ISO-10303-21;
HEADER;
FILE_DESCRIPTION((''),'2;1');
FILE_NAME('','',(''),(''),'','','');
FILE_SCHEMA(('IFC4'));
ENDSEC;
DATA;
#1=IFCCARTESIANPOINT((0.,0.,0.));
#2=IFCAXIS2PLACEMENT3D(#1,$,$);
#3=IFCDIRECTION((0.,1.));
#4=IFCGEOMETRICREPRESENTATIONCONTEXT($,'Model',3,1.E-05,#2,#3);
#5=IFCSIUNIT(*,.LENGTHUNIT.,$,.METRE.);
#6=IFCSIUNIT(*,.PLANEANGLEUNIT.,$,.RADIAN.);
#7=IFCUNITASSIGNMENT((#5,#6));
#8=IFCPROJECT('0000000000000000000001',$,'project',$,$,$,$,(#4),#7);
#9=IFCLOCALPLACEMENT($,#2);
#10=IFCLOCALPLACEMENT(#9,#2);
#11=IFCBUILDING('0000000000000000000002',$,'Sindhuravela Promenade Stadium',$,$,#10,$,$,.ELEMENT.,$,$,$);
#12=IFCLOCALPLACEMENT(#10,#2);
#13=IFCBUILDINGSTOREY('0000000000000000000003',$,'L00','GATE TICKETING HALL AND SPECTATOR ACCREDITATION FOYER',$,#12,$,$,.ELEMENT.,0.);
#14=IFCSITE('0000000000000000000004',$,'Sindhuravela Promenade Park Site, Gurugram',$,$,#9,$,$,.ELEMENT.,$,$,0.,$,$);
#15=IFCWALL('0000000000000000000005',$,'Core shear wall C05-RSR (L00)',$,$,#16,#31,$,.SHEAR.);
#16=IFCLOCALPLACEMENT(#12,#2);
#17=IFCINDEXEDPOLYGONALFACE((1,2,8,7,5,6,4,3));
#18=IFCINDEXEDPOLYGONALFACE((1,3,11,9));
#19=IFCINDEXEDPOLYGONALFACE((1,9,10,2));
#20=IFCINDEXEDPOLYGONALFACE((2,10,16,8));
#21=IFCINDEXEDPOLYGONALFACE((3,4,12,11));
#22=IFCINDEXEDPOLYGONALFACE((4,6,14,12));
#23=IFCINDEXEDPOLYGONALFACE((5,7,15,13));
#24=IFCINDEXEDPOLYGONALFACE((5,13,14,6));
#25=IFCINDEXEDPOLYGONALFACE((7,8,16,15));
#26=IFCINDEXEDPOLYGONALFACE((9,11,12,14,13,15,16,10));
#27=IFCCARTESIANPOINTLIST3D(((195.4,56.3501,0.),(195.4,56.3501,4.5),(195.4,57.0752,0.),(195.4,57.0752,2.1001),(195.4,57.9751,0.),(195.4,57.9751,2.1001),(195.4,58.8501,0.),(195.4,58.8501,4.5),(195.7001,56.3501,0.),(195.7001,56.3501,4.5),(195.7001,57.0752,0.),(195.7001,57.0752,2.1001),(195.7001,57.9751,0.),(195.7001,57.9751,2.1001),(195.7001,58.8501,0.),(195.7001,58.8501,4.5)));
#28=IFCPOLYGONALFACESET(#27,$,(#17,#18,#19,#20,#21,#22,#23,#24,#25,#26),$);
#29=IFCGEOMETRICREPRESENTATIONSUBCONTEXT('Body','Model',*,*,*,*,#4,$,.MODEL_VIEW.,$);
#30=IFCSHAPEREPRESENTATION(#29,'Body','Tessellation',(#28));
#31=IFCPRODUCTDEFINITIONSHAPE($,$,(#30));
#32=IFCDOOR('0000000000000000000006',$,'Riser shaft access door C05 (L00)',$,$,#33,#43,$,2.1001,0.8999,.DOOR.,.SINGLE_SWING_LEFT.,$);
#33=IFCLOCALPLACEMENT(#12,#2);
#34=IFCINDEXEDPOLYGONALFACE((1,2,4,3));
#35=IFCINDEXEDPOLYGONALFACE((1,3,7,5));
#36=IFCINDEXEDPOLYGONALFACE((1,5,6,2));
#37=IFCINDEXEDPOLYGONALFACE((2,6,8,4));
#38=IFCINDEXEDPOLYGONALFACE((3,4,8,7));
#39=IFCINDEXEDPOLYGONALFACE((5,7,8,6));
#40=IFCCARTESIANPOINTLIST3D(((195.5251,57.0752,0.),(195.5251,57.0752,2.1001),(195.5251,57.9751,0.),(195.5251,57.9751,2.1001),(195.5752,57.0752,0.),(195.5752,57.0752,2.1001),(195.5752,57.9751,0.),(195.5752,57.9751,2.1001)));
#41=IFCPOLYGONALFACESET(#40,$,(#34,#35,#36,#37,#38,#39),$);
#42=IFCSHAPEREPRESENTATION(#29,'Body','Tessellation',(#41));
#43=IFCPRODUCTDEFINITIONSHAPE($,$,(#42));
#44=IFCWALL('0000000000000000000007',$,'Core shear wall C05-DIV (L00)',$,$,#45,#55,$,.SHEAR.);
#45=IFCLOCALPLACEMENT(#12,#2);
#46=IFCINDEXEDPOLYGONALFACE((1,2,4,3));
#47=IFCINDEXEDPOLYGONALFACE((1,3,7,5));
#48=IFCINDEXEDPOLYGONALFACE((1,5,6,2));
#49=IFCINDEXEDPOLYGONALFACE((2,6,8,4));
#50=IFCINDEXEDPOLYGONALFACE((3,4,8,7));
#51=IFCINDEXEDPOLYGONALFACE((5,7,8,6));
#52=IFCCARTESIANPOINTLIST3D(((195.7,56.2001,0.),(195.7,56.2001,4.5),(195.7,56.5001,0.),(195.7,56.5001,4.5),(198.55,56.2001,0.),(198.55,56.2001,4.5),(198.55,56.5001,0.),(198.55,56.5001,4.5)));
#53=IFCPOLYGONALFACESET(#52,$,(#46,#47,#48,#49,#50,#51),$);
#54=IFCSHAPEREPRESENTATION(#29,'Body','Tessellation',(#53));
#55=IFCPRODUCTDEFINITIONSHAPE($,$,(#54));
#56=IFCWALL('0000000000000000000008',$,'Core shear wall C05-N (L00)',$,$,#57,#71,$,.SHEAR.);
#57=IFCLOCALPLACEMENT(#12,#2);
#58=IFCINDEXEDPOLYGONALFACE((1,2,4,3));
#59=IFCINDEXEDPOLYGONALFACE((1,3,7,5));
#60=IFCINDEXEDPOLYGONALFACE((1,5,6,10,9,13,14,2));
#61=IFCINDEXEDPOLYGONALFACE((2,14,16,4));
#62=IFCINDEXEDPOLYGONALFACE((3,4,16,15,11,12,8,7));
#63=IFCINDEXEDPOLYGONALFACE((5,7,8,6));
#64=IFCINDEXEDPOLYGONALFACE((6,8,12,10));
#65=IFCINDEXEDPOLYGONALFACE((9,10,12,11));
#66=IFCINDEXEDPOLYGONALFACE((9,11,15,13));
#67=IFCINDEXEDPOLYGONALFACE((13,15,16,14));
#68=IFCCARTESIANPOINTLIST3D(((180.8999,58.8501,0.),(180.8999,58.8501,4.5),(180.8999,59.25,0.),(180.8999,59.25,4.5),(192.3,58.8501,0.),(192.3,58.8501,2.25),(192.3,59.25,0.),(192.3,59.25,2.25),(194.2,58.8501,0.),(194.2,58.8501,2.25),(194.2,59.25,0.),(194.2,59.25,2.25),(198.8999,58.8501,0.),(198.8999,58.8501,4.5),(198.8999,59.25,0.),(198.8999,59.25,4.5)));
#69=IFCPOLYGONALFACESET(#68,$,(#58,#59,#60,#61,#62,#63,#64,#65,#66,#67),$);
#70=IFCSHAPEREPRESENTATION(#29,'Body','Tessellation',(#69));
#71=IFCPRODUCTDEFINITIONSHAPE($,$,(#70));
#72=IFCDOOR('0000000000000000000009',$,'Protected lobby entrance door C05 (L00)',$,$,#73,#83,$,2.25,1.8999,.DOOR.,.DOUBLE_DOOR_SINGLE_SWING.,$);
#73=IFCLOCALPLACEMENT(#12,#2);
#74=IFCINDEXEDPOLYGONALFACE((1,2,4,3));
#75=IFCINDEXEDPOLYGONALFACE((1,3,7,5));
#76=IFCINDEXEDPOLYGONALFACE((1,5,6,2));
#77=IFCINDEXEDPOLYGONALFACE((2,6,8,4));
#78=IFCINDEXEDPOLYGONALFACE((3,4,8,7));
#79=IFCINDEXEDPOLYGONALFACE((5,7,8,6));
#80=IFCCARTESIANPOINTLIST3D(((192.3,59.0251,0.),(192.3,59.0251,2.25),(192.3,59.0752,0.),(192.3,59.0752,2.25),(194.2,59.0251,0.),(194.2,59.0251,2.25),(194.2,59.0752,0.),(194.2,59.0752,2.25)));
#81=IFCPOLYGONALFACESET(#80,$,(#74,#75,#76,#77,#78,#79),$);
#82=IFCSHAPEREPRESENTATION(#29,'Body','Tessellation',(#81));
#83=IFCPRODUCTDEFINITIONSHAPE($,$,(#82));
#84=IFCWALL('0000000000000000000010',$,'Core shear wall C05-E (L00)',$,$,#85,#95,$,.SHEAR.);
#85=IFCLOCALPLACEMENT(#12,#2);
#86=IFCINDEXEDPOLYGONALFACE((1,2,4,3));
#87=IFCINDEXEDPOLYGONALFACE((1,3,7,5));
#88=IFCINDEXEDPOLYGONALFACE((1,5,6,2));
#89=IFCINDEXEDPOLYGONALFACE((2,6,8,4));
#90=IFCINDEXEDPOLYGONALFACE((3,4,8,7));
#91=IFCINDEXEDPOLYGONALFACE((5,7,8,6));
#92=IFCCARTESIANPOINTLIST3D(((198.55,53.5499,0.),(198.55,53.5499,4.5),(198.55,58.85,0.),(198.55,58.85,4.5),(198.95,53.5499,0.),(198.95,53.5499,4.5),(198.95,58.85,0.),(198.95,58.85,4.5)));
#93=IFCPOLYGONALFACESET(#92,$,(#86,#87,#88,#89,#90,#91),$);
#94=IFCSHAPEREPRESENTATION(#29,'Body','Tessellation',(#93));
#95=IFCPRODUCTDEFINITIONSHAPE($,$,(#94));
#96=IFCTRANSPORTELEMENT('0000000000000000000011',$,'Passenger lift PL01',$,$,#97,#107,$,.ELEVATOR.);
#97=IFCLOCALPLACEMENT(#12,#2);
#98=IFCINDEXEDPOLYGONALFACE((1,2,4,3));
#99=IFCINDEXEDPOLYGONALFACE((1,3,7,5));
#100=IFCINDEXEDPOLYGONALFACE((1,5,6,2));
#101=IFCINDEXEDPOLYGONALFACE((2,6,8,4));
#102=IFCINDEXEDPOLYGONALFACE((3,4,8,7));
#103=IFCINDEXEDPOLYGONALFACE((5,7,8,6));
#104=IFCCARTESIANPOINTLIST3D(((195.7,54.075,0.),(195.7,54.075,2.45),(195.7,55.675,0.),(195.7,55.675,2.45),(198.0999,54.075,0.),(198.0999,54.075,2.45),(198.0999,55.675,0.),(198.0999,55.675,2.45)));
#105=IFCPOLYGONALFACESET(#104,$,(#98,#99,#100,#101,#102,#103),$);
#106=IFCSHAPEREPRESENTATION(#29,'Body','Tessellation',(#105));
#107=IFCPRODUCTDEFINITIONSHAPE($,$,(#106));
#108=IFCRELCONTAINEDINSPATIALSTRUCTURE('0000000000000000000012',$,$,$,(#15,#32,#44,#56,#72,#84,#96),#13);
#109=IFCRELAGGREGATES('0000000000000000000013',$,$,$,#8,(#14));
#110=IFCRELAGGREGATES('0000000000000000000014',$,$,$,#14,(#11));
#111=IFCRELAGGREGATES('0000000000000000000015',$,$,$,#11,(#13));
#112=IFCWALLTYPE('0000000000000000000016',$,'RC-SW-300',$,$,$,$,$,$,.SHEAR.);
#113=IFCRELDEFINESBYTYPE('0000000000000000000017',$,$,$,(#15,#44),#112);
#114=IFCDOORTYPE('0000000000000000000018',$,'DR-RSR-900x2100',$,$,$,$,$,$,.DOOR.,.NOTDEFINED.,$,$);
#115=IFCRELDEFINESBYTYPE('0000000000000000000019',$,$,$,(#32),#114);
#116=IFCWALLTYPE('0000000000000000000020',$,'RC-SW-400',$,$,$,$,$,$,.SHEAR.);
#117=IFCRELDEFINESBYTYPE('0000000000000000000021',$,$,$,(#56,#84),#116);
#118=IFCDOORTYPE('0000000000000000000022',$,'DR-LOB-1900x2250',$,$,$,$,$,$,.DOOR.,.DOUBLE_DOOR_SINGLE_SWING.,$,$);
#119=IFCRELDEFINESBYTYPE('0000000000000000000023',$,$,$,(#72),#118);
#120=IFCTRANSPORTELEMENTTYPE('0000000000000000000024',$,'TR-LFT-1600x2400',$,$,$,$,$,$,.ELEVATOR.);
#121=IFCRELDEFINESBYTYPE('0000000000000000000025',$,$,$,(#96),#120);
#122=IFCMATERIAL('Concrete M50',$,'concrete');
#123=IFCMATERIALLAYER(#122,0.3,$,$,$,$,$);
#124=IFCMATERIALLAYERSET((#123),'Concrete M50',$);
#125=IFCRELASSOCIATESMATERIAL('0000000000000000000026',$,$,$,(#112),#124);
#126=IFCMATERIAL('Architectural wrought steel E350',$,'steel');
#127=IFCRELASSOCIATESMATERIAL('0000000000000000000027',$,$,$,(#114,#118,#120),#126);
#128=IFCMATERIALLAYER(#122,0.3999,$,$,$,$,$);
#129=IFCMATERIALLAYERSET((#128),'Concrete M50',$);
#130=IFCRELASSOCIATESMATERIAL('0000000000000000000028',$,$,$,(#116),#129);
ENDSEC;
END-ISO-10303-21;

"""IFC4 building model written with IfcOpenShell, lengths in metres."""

from ifc_helpers import new_model, si_unit, direction, frame, frame_2d, origin, origin_2d, place, context, subcontext, project, spatial, rectangle, extrude, material, layer, layer_set, type_object, element, fill, save


model = new_model("IFC4")

# Units and contexts
model_context = context("Model", 3, precision=1e-05, world=origin(), true_north=direction((0.0, 1.0)))
body_context = subcontext(model_context, "Body", "Model", "MODEL_VIEW")
ifc_project = project(units=[si_unit("LENGTHUNIT", "METRE"), si_unit("PLANEANGLEUNIT", "RADIAN")], contexts=[model_context])

# Site, building, storey
site_placement = place(None, origin())
site = spatial("IfcSite", under=ifc_project, at=site_placement, Name="Sindhuravela Promenade Park Site, Gurugram", CompositionType="ELEMENT", RefElevation=0.0)
building_placement = place(site_placement, origin())
building = spatial("IfcBuilding", under=site, at=building_placement, Name="Sindhuravela Promenade Stadium", CompositionType="ELEMENT")
storey_placement = place(building_placement, origin())
storey = spatial("IfcBuildingStorey", under=building, at=storey_placement, Name="L00", Description="GATE TICKETING HALL AND SPECTATOR ACCREDITATION FOYER", CompositionType="ELEMENT", Elevation=0.0)

# Shared definitions
ifc_material_1 = material(Name="Concrete M50", Category="concrete")

# Wall, opening, door
ifc_layer_1 = layer(ifc_material_1, 0.3)
ifc_layer_set_1 = layer_set([ifc_layer_1], Name="Concrete M50")
wall_type_1 = type_object("IfcWallType", Name="RC-SW-300", PredefinedType="SHEAR", material=ifc_layer_set_1)
ifc_material_2 = material(Name="Architectural wrought steel E350", Category="steel")
wall_1_placement = place(storey_placement, frame((195.55, 56.3501, 0.0), z_axis=(0.0, 0.0, 1.0), x_axis=(0.0, 1.0, 0.0)))
wall_1 = element("IfcWall", 1, at=wall_1_placement, inside=storey, type_object=wall_type_1, Name="Core shear wall C05-RSR (L00)", PredefinedType="SHEAR", context=body_context, shape_type="SweptSolid", body=[
    extrude(rectangle(XDim=2.5, YDim=0.3, at=frame_2d((1.25, 0.0))), origin(), (0.0, 0.0, 1.0), 4.5),
])
opening_1_placement = place(wall_1_placement, frame((0.7251, 0.0, 0.0)))
opening_1 = element("IfcOpeningElement", 2, at=opening_1_placement, cuts=wall_1, PredefinedType="OPENING", context=body_context, shape_type="SweptSolid", body=[
    extrude(rectangle(XDim=0.8999, YDim=2.1001, at=frame_2d((0.45, 1.05))), frame((0.0, 0.1599, 0.0), z_axis=(0.0, -1.0, 0.0), x_axis=(1.0, 0.0, 0.0)), (0.0, 0.0, 1.0), 0.3201),
])
door_type_1 = type_object("IfcDoorType", Name="DR-RSR-900x2100", OperationType="NOTDEFINED", PredefinedType="DOOR", material=ifc_material_2)
door_1_placement = place(opening_1_placement, origin())
door_1 = element("IfcDoor", 3, at=door_1_placement, inside=storey, type_object=door_type_1, Name="Riser shaft access door C05 (L00)", OperationType="SINGLE_SWING_LEFT", OverallHeight=2.1001, OverallWidth=0.8999, PredefinedType="DOOR", context=body_context, shape_type="SweptSolid", body=[
    extrude(rectangle(XDim=0.8999, YDim=2.1001, at=frame_2d((0.45, 1.05))), frame((0.0, 0.0249, 0.0), z_axis=(0.0, -1.0, 0.0), x_axis=(1.0, 0.0, 0.0)), (0.0, 0.0, 1.0), 0.05),
])
fill(opening_1, door_1)

# Wall
wall_2_placement = place(storey_placement, frame((195.7, 56.3501, 0.0), z_axis=(0.0, 0.0, 1.0), x_axis=(1.0, 0.0, 0.0)))
element("IfcWall", 4, at=wall_2_placement, inside=storey, type_object=wall_type_1, Name="Core shear wall C05-DIV (L00)", PredefinedType="SHEAR", context=body_context, shape_type="SweptSolid", body=[
    extrude(rectangle(XDim=2.8501, YDim=0.3, at=frame_2d((1.425, 0.0))), origin(), (0.0, 0.0, 1.0), 4.5),
])

# Wall, opening, door
ifc_layer_2 = layer(ifc_material_1, 0.3999)
ifc_layer_set_2 = layer_set([ifc_layer_2], Name="Concrete M50")
wall_type_2 = type_object("IfcWallType", Name="RC-SW-400", PredefinedType="SHEAR", material=ifc_layer_set_2)
wall_3_placement = place(storey_placement, frame((198.8999, 59.05, 0.0), z_axis=(0.0, 0.0, 1.0), x_axis=(-1.0, 0.0, 0.0)))
wall_3 = element("IfcWall", 5, at=wall_3_placement, inside=storey, type_object=wall_type_2, Name="Core shear wall C05-N (L00)", PredefinedType="SHEAR", context=body_context, shape_type="SweptSolid", body=[
    extrude(rectangle(XDim=18.0, YDim=0.3999, at=frame_2d((9.0, 0.0))), origin(), (0.0, 0.0, 1.0), 4.5),
])
opening_2_placement = place(wall_3_placement, frame((4.7, 0.0, 0.0)))
opening_2 = element("IfcOpeningElement", 6, at=opening_2_placement, cuts=wall_3, PredefinedType="OPENING", context=body_context, shape_type="SweptSolid", body=[
    extrude(rectangle(XDim=1.8999, YDim=2.25, at=frame_2d((0.95, 1.125))), frame((0.0, 0.21, 0.0), z_axis=(0.0, -1.0, 0.0), x_axis=(1.0, 0.0, 0.0)), (0.0, 0.0, 1.0), 0.4199),
])
door_type_2 = type_object("IfcDoorType", Name="DR-LOB-1900x2250", OperationType="DOUBLE_DOOR_SINGLE_SWING", PredefinedType="DOOR", material=ifc_material_2)
door_2_placement = place(opening_2_placement, origin())
door_2 = element("IfcDoor", 7, at=door_2_placement, inside=storey, type_object=door_type_2, Name="Protected lobby entrance door C05 (L00)", OperationType="DOUBLE_DOOR_SINGLE_SWING", OverallHeight=2.25, OverallWidth=1.8999, PredefinedType="DOOR", context=body_context, shape_type="SweptSolid", body=[
    extrude(rectangle(XDim=1.8999, YDim=2.25, at=frame_2d((0.95, 1.125))), frame((0.0, 0.0249, 0.0), z_axis=(0.0, -1.0, 0.0), x_axis=(1.0, 0.0, 0.0)), (0.0, 0.0, 1.0), 0.05),
])
fill(opening_2, door_2)

# Wall
wall_4_placement = place(storey_placement, frame((198.75, 53.55, 0.0), z_axis=(0.0, 0.0, 1.0), x_axis=(0.0, 1.0, 0.0)))
element("IfcWall", 8, at=wall_4_placement, inside=storey, type_object=wall_type_2, Name="Core shear wall C05-E (L00)", PredefinedType="SHEAR", context=body_context, shape_type="SweptSolid", body=[
    extrude(rectangle(XDim=5.3, YDim=0.3999, at=frame_2d((2.6499, 0.0))), origin(), (0.0, 0.0, 1.0), 4.5),
])

# Transport element
transport_element_type = type_object("IfcTransportElementType", Name="TR-LFT-1600x2400", PredefinedType="ELEVATOR", material=ifc_material_2)
transport_element_placement = place(storey_placement, frame((196.8999, 54.875, 0.0), z_axis=(0.0, 0.0, 1.0), x_axis=(1.0, 0.0, 0.0)))
element("IfcTransportElement", 9, at=transport_element_placement, inside=storey, type_object=transport_element_type, Name="Passenger lift PL01", PredefinedType="ELEVATOR", context=body_context, shape_type="SweptSolid", body=[
    extrude(rectangle(XDim=2.3999, YDim=1.6001, at=origin_2d()), origin(), (0.0, 0.0, 1.0), 2.45),
])

save(model, "model.ifc")
